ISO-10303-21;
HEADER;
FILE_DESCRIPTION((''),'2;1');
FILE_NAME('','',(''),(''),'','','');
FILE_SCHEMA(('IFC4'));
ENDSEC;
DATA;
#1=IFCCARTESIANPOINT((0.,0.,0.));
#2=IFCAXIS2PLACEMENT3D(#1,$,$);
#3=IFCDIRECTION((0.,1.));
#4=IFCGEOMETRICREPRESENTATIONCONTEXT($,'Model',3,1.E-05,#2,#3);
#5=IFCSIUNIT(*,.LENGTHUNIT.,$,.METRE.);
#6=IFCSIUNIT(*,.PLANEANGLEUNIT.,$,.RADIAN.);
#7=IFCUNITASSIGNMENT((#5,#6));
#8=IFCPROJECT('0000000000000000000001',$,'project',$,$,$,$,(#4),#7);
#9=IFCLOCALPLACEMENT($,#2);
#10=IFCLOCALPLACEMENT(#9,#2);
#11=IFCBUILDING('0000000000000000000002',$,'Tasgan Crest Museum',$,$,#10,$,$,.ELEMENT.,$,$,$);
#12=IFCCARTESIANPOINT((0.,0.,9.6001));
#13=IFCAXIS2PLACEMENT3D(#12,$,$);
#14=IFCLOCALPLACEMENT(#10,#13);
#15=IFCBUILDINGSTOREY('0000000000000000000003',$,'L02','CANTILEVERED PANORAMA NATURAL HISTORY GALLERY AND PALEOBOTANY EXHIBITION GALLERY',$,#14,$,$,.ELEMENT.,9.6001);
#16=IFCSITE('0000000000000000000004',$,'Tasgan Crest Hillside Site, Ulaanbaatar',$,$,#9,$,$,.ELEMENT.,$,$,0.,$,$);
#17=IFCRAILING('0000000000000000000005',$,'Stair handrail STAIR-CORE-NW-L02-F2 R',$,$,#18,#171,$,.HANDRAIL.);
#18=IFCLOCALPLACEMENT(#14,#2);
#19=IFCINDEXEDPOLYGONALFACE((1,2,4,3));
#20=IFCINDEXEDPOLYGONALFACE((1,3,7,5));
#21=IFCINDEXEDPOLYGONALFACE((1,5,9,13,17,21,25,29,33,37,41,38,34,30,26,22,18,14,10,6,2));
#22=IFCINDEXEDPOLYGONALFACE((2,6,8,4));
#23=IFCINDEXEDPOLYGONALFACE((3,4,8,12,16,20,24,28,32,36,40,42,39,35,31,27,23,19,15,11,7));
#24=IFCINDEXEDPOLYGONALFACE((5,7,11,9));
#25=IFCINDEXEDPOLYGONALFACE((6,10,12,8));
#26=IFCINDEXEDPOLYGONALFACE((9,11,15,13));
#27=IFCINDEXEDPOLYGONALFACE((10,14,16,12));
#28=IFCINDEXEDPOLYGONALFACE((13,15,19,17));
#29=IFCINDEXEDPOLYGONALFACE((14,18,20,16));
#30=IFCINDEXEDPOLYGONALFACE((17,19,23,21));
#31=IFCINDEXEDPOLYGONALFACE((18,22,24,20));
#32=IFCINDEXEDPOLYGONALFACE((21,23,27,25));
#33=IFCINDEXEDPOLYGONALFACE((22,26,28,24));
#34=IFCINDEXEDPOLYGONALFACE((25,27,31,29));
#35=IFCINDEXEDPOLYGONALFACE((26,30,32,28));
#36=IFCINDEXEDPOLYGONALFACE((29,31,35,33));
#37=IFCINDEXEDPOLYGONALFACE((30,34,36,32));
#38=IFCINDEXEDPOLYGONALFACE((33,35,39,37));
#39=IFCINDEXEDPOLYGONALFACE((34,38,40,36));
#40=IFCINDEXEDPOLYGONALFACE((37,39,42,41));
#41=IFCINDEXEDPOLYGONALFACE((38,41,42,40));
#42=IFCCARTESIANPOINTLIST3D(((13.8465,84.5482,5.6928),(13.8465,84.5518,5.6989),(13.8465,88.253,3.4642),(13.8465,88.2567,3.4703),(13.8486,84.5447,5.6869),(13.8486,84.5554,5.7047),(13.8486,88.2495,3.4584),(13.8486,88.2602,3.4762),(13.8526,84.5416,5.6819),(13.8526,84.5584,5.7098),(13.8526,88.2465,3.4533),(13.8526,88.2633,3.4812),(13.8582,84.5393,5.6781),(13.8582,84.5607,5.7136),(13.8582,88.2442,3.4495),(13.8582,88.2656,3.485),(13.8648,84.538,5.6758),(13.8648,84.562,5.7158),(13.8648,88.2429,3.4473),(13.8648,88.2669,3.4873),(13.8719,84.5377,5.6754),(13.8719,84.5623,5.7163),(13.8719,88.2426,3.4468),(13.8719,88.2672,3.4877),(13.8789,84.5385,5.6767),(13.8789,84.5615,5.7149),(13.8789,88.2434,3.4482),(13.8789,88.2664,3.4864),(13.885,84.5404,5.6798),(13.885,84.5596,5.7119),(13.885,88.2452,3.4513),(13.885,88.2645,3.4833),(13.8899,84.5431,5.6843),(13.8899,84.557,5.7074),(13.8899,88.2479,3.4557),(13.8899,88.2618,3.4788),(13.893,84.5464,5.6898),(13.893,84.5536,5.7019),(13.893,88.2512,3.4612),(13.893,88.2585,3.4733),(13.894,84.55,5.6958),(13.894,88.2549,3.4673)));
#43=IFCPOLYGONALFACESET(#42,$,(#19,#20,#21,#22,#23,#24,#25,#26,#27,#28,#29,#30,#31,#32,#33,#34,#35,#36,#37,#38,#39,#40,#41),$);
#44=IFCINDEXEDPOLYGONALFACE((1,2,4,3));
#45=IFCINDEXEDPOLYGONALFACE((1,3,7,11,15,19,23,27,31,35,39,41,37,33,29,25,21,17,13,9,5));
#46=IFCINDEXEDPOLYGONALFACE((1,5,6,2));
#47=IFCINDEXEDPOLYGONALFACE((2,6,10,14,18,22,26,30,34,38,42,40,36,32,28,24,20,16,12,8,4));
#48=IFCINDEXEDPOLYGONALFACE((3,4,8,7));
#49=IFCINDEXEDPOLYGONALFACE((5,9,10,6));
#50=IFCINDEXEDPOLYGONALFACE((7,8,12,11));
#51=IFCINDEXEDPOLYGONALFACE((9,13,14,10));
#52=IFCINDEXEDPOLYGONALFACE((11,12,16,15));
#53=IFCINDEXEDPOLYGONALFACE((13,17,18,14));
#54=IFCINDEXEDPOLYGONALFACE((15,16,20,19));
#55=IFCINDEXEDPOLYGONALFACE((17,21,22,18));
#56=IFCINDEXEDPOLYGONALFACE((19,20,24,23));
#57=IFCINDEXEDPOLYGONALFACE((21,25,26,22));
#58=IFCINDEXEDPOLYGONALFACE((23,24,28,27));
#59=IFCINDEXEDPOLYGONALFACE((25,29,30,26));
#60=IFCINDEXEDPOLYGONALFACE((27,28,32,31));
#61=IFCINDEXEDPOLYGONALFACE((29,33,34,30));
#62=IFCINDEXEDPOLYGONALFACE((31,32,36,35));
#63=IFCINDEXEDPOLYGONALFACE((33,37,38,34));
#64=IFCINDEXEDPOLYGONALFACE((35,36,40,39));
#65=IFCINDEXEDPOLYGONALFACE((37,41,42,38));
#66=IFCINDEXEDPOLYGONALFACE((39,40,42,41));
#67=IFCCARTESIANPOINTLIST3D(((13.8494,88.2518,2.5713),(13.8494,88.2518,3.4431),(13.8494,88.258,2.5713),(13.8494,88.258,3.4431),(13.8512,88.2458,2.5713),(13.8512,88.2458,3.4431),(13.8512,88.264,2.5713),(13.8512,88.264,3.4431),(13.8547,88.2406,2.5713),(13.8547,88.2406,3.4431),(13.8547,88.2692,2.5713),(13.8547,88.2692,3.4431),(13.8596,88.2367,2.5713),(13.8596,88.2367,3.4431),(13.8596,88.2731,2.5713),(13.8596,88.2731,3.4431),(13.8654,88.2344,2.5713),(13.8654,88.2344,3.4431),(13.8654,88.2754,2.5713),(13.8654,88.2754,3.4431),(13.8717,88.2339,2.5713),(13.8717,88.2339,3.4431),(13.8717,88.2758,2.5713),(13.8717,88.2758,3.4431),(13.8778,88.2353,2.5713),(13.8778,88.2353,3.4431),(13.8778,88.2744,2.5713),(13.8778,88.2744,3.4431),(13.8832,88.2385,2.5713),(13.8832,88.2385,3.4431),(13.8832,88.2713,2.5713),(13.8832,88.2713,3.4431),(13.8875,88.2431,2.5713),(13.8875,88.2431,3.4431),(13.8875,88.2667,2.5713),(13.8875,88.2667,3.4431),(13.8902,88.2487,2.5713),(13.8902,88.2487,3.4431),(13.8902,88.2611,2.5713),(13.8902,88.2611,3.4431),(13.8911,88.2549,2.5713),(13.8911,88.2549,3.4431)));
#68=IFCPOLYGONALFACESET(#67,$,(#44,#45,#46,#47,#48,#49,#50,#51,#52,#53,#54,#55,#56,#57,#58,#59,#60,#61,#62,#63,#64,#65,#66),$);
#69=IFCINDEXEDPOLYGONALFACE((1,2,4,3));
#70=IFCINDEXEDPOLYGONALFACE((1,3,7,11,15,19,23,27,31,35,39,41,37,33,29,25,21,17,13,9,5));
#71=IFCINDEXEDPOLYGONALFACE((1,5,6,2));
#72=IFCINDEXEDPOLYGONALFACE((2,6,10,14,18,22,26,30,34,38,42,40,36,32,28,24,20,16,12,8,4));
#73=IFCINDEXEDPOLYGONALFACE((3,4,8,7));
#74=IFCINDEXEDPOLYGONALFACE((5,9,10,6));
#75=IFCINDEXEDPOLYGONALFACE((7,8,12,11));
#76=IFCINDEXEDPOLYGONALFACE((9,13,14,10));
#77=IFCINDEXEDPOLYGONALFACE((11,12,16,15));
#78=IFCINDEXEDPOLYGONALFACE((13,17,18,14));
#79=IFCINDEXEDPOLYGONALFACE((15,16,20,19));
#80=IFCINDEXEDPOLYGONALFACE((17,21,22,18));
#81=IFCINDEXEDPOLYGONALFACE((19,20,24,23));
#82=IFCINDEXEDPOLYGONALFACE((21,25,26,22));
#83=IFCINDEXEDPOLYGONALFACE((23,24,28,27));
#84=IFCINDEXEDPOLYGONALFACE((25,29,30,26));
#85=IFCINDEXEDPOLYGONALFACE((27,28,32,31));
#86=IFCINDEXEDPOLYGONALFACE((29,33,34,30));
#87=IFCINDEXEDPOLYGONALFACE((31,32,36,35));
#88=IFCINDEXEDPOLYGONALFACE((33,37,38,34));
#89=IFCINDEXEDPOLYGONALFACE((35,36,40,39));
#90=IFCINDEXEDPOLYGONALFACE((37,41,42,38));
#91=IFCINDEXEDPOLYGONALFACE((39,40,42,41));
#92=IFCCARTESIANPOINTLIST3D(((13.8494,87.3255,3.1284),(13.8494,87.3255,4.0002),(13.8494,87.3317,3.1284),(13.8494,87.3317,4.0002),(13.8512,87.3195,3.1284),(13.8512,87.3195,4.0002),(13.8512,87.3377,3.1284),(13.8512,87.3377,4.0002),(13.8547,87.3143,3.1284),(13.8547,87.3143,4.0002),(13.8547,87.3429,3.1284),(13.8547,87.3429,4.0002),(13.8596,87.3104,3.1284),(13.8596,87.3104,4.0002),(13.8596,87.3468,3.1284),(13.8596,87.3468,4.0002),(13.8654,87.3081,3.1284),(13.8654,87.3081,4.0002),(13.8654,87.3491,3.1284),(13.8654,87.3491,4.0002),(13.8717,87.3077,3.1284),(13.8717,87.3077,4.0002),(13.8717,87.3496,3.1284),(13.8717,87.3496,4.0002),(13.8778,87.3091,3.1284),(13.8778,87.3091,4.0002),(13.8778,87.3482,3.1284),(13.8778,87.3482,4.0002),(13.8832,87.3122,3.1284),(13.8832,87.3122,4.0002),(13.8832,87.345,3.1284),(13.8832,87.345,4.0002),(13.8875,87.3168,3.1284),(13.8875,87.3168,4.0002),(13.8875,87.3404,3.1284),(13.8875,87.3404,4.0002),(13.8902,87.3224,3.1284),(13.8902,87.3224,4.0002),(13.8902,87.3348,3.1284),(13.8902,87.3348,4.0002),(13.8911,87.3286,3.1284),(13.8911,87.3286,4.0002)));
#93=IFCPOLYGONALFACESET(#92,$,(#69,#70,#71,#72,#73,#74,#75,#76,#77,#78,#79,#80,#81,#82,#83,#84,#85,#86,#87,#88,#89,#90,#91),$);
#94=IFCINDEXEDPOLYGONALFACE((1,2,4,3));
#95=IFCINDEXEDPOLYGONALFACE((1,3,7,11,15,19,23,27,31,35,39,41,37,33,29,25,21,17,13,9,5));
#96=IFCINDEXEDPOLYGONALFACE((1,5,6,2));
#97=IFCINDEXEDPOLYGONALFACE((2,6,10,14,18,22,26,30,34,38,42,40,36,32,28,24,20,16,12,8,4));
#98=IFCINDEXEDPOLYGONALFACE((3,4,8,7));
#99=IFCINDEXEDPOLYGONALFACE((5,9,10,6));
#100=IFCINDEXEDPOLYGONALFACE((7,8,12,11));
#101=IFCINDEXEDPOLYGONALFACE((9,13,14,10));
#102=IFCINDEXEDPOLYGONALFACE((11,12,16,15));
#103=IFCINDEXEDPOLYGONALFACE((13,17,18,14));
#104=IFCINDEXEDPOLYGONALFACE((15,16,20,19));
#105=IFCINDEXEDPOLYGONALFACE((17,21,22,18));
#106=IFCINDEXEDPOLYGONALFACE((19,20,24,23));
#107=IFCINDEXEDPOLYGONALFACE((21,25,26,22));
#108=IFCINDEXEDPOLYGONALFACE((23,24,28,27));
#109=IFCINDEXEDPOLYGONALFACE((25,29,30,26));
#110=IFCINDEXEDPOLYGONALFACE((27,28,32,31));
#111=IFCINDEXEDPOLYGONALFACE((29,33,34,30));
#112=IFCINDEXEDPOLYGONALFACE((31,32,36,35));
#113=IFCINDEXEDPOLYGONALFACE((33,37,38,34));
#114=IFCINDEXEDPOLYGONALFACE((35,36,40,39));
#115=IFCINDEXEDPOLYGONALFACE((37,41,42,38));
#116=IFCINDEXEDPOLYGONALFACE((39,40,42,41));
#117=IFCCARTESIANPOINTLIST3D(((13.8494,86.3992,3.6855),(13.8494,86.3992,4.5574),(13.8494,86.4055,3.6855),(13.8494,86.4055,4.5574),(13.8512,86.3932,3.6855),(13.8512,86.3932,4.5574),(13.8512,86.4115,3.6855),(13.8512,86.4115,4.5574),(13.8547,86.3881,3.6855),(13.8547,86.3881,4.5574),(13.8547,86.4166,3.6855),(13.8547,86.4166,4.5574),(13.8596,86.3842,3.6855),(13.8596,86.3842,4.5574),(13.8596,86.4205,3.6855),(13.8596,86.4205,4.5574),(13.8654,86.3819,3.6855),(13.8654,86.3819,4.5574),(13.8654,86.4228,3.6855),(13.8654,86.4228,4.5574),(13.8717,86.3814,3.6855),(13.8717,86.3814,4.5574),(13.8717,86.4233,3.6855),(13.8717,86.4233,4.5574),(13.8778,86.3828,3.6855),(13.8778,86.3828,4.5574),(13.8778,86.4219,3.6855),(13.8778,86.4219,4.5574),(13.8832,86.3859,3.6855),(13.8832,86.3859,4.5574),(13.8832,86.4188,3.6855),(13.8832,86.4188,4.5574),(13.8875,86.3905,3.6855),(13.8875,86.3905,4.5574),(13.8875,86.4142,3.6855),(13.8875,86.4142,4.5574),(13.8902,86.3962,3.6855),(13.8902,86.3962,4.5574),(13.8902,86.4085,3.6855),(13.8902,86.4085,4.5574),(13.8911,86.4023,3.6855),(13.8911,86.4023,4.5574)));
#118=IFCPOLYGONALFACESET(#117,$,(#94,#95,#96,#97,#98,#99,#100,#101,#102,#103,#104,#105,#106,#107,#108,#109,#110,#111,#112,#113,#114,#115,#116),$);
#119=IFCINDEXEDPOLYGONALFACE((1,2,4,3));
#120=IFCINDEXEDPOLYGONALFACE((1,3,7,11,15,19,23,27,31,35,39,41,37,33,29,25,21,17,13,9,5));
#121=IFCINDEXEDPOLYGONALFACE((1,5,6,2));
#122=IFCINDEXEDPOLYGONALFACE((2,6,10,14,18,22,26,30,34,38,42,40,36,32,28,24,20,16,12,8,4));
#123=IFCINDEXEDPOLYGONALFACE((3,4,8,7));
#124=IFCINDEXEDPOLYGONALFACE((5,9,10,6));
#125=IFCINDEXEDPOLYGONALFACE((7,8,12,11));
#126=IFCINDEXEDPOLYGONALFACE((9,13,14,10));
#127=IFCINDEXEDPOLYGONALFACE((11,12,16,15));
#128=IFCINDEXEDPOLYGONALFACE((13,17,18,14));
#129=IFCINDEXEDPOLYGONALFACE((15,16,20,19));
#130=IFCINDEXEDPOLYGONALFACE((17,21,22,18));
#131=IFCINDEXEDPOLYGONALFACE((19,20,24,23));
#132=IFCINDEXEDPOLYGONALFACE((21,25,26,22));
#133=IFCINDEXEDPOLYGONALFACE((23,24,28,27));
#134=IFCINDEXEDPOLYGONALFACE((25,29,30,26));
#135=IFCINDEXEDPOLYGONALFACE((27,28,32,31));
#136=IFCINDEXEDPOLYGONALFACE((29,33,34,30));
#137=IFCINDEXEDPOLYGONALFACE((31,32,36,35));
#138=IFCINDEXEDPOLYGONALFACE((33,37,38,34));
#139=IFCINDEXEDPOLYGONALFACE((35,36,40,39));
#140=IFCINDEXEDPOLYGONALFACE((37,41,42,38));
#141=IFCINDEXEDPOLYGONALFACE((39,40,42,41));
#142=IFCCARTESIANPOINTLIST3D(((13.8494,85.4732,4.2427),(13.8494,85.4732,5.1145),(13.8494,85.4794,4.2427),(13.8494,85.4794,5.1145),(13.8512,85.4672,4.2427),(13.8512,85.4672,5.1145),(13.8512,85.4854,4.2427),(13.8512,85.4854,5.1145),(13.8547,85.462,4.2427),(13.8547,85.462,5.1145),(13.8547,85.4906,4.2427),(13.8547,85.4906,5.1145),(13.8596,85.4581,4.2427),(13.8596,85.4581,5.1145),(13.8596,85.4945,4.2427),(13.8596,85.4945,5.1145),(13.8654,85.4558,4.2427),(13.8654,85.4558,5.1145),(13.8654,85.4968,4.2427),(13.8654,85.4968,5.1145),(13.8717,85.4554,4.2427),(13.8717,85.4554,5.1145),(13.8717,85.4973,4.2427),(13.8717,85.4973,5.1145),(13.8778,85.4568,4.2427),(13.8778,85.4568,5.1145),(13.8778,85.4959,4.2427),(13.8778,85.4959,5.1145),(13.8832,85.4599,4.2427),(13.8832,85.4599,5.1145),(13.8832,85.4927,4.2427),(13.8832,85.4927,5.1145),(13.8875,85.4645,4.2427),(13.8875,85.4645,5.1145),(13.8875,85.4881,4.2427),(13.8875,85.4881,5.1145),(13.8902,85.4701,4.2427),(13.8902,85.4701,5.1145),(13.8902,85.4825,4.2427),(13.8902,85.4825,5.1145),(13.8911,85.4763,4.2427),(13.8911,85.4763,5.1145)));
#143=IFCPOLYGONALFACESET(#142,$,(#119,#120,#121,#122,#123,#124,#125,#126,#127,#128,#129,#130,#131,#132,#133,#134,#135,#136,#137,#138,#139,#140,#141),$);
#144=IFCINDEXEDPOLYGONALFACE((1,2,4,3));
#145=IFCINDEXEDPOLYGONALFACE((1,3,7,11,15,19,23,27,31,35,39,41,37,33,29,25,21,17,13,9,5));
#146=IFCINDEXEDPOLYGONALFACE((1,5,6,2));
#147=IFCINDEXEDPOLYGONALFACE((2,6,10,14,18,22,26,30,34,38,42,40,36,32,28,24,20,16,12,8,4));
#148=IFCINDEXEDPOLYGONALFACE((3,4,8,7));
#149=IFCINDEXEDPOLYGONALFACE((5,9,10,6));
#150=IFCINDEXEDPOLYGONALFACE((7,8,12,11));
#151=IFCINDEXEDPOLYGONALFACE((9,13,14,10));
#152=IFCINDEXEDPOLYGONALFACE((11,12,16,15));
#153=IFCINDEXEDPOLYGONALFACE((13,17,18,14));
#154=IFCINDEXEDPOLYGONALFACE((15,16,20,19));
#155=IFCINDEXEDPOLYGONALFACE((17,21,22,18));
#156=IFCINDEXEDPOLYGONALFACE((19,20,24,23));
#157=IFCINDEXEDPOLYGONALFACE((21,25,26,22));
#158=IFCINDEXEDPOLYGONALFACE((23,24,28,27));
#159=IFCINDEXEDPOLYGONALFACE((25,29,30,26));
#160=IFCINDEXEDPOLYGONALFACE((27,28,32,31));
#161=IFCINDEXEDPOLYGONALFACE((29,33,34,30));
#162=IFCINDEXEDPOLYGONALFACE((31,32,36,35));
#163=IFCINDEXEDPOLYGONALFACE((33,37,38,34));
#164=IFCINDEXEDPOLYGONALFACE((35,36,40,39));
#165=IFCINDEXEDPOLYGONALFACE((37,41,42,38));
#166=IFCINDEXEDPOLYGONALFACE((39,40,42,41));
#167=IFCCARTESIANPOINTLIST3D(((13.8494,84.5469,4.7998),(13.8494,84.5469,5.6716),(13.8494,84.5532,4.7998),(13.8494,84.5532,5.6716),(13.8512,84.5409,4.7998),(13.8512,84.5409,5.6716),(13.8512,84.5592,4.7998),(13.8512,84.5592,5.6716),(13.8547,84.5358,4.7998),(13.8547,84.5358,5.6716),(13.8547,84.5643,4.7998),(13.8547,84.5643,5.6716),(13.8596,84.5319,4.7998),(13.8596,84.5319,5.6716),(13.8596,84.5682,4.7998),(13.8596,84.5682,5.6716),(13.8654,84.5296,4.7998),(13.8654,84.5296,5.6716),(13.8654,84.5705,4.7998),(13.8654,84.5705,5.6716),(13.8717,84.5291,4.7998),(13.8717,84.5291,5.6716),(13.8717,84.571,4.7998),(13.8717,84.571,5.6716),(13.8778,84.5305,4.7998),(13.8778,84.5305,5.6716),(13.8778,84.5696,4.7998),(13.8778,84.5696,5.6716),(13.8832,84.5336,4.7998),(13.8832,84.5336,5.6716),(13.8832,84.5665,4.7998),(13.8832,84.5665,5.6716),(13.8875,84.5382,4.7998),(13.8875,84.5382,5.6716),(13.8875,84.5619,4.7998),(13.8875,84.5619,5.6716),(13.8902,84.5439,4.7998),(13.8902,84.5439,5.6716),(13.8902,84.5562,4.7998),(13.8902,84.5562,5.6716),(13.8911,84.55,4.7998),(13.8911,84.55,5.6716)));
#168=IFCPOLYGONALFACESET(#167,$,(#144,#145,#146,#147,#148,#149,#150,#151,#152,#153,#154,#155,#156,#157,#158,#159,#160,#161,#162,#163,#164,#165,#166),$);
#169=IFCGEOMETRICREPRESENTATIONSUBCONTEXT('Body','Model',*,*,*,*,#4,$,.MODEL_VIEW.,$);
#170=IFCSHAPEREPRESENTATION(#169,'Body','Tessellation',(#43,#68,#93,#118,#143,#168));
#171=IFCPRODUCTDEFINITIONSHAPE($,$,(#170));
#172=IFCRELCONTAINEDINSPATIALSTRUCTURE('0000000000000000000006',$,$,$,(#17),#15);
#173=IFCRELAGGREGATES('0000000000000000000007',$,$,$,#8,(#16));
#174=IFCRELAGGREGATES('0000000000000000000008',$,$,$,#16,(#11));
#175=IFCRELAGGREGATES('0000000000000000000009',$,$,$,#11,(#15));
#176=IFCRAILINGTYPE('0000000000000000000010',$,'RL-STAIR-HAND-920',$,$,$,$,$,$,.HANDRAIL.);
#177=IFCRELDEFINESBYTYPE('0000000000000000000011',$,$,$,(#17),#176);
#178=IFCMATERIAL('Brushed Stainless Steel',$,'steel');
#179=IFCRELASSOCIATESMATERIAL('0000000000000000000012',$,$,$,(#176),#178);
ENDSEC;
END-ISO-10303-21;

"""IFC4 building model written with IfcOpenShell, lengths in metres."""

from ifc_helpers import new_model, si_unit, direction, frame, origin, origin_2d, place, context, subcontext, project, spatial, circle, extrude, material, type_object, element, save


model = new_model("IFC4")

# Units and contexts
model_context = context("Model", 3, precision=1e-05, world=origin(), true_north=direction((0.0, 1.0)))
body_context = subcontext(model_context, "Body", "Model", "MODEL_VIEW")
ifc_project = project(units=[si_unit("LENGTHUNIT", "METRE"), si_unit("PLANEANGLEUNIT", "RADIAN")], contexts=[model_context])

# Site, building, storey
site_placement = place(None, origin())
site = spatial("IfcSite", under=ifc_project, at=site_placement, Name="Tasgan Crest Hillside Site, Ulaanbaatar", CompositionType="ELEMENT", RefElevation=0.0)
building_placement = place(site_placement, origin())
building = spatial("IfcBuilding", under=site, at=building_placement, Name="Tasgan Crest Museum", CompositionType="ELEMENT")
storey_placement = place(building_placement, frame((0.0, 0.0, 9.6001)))
storey = spatial("IfcBuildingStorey", under=building, at=storey_placement, Name="L02", Description="CANTILEVERED PANORAMA NATURAL HISTORY GALLERY AND PALEOBOTANY EXHIBITION GALLERY", CompositionType="ELEMENT", Elevation=9.6001)

# Railing
ifc_material_1 = material(Name="Brushed Stainless Steel", Category="steel")
railing_type_1 = type_object("IfcRailingType", Name="RL-STAIR-HAND-920", PredefinedType="HANDRAIL", material=ifc_material_1)
for number, where, name in (
    (1, (13.8701, 88.2549, 2.5713), "Stair handrail STAIR-CORE-NW-L02-F2 R"),
):
    element("IfcRailing", number, at=place(storey_placement, frame(where)), inside=storey, type_object=railing_type_1, Name=name, PredefinedType="HANDRAIL", context=body_context, shape_type="SweptSolid", body=[
        extrude(circle(Radius=0.0239, at=origin_2d()), frame((0.0, 0.0, 0.896), z_axis=(0.0, -0.856919, 0.51545), x_axis=(1.0, 0.0, 0.0)), (0.0, 0.0, 1.0), 4.3235),
        extrude(circle(Radius=0.021, at=origin_2d()), origin(), (0.0, 0.0, 1.0), 0.8718),
        extrude(circle(Radius=0.021, at=origin_2d()), frame((0.0, -0.9263, 0.5571)), (0.0, 0.0, 1.0), 0.8718),
        extrude(circle(Radius=0.021, at=origin_2d()), frame((0.0, -1.8525, 1.1143)), (0.0, 0.0, 1.0), 0.8718),
        extrude(circle(Radius=0.021, at=origin_2d()), frame((0.0, -2.7786, 1.6714)), (0.0, 0.0, 1.0), 0.8718),
        extrude(circle(Radius=0.021, at=origin_2d()), frame((0.0, -3.7048, 2.2285)), (0.0, 0.0, 1.0), 0.8718),
    ])

save(model, "model.ifc")
